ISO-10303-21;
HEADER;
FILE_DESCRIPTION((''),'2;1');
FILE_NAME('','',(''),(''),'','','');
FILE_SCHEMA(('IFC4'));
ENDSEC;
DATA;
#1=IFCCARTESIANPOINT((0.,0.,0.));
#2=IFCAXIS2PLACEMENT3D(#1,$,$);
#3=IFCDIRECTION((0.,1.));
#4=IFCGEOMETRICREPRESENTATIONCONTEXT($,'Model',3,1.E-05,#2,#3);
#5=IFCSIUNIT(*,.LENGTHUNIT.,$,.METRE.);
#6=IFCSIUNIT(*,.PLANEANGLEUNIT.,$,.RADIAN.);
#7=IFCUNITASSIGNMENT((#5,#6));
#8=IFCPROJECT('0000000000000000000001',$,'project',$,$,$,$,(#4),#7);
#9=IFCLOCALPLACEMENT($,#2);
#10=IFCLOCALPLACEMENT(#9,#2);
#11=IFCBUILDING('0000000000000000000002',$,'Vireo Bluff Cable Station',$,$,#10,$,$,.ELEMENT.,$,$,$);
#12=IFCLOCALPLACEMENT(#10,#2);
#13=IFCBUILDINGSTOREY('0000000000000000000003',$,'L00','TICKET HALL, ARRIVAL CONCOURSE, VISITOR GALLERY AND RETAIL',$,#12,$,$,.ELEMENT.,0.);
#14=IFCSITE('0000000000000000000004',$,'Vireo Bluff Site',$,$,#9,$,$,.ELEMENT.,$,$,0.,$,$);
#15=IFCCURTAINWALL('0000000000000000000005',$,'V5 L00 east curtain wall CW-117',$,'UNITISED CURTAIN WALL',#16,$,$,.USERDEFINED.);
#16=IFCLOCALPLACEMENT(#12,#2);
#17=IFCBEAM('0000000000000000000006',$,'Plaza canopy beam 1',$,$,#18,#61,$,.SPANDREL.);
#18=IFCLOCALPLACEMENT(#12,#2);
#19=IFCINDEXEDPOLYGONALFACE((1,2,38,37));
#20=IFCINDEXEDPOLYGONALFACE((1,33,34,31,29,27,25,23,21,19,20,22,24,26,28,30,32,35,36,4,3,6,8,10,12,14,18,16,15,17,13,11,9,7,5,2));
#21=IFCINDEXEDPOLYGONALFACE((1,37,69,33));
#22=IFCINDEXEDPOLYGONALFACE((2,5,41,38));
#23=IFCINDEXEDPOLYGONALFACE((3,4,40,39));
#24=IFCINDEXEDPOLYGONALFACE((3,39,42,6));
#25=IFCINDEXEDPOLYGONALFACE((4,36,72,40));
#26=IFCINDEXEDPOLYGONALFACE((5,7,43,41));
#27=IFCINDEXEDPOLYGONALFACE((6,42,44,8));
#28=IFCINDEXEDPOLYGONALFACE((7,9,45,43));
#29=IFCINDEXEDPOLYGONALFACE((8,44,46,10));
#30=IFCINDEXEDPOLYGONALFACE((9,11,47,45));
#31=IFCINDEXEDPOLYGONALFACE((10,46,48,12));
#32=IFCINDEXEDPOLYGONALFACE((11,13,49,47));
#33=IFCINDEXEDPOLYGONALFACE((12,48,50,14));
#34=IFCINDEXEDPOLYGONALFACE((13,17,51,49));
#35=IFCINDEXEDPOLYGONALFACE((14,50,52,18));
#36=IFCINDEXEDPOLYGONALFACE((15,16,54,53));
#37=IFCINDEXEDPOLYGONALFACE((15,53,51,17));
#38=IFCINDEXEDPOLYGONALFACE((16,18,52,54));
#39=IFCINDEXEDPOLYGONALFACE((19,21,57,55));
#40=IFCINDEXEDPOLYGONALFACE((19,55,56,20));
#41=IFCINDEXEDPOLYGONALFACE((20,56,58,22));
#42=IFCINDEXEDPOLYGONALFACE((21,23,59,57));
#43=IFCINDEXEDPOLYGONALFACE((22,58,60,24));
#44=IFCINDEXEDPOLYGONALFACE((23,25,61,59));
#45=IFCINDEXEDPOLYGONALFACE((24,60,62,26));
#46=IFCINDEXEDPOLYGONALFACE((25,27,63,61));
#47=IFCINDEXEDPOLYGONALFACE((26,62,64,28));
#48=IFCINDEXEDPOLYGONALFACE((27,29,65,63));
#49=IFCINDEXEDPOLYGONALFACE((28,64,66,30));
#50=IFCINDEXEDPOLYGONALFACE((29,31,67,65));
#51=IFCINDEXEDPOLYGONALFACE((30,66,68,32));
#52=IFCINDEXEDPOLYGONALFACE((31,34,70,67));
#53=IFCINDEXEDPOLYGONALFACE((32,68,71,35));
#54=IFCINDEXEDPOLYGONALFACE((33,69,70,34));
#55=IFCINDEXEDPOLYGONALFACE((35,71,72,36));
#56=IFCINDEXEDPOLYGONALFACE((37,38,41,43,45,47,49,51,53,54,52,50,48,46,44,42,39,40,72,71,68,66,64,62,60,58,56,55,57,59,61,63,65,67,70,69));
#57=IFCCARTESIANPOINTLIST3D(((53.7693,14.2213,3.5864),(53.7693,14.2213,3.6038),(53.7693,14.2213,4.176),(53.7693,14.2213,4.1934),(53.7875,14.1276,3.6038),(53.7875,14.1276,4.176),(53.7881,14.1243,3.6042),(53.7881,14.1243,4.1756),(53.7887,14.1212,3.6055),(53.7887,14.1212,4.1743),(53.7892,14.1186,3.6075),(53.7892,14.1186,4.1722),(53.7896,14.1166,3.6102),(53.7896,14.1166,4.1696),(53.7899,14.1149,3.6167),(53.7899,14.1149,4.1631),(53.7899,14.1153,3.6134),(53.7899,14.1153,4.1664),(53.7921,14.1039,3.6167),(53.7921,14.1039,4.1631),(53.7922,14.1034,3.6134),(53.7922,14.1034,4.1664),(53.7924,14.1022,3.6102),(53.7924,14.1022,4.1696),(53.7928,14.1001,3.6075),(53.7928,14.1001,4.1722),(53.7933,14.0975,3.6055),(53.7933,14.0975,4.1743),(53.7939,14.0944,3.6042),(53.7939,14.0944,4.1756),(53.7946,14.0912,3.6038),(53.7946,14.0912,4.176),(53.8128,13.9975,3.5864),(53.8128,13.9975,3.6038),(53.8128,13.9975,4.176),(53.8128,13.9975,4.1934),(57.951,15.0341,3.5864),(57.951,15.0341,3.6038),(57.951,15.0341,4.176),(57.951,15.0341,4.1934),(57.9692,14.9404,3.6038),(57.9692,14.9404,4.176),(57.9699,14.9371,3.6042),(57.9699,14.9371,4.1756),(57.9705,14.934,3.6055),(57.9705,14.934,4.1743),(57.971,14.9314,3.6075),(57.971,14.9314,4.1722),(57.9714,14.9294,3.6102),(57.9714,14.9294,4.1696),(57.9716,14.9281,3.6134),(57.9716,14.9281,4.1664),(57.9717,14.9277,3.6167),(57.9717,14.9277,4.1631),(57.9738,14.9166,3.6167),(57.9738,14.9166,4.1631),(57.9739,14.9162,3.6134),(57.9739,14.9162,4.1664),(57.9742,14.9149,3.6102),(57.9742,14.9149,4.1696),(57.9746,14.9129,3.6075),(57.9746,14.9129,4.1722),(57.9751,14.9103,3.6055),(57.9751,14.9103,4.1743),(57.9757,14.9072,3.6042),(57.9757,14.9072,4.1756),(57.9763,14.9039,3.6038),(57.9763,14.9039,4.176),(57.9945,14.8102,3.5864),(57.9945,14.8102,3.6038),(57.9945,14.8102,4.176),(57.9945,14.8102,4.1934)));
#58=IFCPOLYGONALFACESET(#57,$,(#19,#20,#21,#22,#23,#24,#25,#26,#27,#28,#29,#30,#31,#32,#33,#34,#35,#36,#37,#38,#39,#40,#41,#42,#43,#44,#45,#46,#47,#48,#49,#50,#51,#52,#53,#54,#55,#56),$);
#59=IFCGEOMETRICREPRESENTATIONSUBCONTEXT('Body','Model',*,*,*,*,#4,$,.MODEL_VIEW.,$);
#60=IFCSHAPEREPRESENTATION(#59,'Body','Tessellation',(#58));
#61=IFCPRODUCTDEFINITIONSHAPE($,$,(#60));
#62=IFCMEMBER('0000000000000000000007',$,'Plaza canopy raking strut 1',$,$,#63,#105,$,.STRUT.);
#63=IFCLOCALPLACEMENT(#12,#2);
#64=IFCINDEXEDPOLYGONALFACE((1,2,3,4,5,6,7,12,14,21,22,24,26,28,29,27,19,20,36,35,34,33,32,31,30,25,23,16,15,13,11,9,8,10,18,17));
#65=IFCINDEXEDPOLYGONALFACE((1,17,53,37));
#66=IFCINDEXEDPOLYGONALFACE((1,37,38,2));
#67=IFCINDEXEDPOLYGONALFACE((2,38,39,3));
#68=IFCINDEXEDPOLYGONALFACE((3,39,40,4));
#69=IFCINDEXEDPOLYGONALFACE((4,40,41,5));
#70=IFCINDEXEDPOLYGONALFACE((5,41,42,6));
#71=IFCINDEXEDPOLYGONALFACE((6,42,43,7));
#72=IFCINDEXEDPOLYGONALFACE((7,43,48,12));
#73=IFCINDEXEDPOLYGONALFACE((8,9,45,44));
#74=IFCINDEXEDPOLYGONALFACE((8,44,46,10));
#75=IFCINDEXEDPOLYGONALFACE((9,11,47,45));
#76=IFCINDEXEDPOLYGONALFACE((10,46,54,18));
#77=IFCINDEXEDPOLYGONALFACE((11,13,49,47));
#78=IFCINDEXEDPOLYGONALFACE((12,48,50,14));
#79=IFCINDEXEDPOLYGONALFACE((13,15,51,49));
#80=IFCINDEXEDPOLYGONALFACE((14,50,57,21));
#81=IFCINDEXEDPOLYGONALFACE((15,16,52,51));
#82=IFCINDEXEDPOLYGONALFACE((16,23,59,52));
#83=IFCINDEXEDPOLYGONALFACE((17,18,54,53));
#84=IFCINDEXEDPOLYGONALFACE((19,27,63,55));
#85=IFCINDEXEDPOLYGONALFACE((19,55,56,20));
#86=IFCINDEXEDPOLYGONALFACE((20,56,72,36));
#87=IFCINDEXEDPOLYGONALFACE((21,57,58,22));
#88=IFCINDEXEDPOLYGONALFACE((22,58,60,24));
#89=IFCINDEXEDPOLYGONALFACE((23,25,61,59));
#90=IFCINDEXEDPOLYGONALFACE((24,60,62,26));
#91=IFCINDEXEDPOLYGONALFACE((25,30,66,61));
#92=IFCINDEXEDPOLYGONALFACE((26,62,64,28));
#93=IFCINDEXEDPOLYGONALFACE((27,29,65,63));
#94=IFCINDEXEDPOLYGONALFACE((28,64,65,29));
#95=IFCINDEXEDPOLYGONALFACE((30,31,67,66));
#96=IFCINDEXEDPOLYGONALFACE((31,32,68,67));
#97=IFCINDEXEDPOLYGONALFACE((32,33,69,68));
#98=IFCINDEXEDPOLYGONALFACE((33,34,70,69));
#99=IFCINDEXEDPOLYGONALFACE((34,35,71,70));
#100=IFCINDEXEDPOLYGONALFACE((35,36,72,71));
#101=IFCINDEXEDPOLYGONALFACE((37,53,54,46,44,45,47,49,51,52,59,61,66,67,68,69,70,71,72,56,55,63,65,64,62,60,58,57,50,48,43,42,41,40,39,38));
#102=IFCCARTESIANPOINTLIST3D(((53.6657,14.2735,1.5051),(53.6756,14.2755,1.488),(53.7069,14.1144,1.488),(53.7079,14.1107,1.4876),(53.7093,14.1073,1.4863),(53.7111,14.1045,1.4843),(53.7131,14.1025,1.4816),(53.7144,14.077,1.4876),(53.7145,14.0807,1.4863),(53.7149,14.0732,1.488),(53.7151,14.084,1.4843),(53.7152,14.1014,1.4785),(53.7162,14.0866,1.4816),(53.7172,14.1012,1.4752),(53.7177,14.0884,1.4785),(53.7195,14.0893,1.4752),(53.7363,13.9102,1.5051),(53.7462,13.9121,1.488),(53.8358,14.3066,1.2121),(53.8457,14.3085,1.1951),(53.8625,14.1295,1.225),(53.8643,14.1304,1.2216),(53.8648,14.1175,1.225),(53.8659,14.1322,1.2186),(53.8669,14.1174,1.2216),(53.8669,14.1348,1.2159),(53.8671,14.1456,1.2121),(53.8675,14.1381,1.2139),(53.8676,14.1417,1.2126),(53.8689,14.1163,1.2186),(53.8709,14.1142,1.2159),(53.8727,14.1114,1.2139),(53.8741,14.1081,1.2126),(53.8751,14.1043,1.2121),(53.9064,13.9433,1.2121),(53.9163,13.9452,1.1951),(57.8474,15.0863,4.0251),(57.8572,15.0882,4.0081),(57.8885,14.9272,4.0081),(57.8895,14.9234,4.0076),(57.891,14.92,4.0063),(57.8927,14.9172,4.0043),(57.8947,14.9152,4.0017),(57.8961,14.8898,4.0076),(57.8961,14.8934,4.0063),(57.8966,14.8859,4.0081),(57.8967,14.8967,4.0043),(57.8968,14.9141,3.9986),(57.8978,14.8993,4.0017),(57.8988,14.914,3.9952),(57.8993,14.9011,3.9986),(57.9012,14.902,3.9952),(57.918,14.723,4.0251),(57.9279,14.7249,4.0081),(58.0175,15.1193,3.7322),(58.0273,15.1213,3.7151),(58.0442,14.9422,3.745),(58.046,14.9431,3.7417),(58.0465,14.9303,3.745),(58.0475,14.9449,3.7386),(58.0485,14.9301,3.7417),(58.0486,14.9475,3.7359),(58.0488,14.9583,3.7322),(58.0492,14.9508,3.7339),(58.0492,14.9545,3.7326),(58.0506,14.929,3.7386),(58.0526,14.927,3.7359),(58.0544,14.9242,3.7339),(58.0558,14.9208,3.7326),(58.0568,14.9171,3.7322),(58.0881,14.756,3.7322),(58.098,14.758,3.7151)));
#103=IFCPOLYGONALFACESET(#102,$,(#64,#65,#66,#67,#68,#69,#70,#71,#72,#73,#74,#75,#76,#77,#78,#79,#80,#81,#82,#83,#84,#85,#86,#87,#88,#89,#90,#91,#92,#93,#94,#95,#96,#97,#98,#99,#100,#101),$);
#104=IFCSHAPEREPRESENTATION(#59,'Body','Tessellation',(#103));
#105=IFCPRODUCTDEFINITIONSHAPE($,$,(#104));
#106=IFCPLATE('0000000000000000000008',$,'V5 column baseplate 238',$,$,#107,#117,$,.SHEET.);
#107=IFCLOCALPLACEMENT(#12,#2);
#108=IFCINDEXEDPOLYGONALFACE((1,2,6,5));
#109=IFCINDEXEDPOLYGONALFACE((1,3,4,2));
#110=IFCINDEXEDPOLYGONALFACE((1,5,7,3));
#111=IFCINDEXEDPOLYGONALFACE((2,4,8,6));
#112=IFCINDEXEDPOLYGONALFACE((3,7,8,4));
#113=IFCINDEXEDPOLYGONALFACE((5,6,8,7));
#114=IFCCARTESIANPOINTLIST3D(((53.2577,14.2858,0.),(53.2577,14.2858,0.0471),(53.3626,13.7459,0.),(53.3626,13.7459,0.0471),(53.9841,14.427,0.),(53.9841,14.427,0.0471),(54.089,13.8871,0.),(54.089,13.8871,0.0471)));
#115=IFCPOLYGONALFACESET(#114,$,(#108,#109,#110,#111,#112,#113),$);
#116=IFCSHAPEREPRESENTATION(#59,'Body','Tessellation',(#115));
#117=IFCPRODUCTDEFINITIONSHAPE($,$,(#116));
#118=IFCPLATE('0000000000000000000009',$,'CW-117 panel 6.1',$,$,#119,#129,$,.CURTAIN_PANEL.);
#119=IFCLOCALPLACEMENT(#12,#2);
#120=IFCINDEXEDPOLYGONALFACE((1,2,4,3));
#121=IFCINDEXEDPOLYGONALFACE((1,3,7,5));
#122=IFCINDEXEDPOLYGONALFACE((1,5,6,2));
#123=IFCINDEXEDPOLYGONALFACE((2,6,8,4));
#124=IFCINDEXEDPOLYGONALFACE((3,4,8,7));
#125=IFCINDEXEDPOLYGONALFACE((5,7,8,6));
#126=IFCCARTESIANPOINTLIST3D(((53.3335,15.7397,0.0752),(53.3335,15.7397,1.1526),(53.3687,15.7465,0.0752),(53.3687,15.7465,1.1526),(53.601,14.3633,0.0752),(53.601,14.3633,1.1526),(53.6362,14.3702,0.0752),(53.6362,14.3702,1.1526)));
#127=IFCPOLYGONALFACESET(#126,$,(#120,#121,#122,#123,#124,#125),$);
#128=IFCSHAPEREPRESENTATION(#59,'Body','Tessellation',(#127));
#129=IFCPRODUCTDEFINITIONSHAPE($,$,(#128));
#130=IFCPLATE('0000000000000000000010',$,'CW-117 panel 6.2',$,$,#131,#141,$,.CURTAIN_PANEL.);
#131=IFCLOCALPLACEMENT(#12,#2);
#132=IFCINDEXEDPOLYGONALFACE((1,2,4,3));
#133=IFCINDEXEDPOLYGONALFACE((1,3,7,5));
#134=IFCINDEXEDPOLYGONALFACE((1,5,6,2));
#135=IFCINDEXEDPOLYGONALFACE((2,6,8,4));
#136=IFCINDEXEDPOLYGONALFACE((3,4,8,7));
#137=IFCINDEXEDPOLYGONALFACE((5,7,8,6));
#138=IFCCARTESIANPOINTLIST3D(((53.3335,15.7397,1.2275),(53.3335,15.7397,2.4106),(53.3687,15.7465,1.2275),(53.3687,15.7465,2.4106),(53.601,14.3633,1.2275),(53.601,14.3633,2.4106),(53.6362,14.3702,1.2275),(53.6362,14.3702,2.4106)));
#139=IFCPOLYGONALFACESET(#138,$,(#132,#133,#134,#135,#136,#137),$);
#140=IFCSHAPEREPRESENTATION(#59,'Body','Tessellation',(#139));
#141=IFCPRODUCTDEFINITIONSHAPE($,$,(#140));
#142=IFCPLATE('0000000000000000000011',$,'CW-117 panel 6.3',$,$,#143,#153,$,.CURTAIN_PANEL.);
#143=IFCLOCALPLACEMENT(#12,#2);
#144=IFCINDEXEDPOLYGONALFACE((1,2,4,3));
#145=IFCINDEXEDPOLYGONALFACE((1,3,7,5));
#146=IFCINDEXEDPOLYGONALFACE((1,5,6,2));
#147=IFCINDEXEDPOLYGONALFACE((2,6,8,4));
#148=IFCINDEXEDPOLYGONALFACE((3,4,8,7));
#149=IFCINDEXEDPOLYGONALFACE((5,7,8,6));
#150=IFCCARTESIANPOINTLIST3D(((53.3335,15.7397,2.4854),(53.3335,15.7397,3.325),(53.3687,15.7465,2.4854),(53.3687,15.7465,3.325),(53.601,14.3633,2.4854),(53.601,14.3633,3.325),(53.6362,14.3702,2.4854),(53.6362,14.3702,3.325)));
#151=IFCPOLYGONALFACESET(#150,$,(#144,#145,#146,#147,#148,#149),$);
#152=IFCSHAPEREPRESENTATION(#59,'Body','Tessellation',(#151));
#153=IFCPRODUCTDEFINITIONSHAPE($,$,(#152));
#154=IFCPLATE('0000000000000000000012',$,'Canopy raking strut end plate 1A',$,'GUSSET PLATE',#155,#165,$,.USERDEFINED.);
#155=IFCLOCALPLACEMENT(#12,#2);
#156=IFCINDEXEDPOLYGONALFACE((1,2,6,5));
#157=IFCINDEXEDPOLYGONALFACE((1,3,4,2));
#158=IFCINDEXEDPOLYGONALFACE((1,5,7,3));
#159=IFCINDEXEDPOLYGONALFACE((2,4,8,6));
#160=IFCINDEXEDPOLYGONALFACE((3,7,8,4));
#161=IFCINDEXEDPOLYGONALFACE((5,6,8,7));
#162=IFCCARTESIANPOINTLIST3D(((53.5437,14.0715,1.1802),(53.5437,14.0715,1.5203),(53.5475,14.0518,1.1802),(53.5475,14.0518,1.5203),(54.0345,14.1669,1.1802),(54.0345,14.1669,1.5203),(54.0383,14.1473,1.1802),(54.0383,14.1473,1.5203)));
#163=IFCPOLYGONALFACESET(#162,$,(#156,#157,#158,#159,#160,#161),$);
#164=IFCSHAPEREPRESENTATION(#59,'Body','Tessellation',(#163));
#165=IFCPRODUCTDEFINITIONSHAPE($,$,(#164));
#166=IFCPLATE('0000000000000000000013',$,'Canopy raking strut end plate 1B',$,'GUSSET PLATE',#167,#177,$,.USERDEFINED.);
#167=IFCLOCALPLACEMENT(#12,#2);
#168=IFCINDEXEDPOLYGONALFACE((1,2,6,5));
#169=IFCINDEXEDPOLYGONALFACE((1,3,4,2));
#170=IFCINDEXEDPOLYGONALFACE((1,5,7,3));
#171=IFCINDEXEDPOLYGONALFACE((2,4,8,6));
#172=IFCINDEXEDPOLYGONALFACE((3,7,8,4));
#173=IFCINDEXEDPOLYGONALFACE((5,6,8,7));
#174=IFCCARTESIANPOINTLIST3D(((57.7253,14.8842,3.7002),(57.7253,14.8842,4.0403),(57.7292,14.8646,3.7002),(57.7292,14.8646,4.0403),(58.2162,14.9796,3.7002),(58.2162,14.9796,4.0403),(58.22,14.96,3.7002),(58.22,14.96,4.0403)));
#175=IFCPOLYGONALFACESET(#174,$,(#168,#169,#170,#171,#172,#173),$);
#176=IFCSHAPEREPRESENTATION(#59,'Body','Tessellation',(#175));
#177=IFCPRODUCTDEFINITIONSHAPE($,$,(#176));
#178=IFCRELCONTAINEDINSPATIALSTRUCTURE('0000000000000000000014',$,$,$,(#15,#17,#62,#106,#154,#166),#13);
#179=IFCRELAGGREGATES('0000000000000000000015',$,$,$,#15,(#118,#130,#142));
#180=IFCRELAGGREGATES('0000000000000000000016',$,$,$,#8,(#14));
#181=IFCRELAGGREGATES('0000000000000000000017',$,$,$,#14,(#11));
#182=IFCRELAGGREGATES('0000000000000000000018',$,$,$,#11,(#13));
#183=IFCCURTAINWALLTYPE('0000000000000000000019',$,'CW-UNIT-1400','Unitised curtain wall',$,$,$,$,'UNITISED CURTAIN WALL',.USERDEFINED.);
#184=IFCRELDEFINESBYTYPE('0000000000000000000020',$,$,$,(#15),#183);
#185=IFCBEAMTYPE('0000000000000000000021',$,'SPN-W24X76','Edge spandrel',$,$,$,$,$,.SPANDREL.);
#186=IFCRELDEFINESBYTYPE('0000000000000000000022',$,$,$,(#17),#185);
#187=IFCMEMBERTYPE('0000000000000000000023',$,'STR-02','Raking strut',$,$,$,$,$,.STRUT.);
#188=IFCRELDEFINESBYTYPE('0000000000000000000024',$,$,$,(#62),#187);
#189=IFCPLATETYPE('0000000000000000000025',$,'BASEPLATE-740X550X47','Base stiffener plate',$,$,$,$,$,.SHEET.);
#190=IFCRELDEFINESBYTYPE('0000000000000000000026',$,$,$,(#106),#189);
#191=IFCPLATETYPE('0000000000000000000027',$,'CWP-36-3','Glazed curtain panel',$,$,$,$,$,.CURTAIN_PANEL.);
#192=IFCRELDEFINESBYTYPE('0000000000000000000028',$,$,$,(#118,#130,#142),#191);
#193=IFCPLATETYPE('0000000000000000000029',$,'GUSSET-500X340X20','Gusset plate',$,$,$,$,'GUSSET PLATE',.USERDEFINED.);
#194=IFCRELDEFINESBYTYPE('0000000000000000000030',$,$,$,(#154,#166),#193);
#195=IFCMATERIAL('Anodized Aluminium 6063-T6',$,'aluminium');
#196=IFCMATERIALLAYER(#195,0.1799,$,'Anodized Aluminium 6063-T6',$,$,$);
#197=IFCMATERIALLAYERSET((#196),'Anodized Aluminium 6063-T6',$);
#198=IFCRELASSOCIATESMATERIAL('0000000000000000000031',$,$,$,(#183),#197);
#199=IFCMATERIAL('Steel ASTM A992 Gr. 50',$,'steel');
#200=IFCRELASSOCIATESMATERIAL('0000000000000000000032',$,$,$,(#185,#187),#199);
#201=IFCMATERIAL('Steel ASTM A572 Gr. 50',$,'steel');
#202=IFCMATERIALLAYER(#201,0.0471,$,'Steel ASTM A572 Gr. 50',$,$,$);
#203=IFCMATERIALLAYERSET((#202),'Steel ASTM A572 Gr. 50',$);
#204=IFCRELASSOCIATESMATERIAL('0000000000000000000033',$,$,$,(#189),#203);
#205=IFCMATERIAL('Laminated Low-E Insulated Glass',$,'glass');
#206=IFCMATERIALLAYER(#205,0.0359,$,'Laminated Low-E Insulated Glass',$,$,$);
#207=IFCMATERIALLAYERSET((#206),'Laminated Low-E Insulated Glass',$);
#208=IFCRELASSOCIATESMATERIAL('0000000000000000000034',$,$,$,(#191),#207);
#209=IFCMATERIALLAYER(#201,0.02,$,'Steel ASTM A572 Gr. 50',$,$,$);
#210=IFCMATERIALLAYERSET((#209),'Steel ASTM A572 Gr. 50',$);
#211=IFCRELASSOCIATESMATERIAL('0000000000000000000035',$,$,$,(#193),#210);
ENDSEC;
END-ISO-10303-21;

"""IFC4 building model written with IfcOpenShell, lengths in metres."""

from ifc_helpers import new_model, si_unit, direction, frame, origin, origin_2d, place, context, subcontext, project, spatial, rectangle, i_section, extrude, material, layer, layer_set, material_profile, profile_set, type_object, element, aggregate, save


model = new_model("IFC4")

# Units and contexts
model_context = context("Model", 3, precision=1e-05, world=origin(), true_north=direction((0.0, 1.0)))
body_context = subcontext(model_context, "Body", "Model", "MODEL_VIEW")
ifc_project = project(units=[si_unit("LENGTHUNIT", "METRE"), si_unit("PLANEANGLEUNIT", "RADIAN")], contexts=[model_context])

# Site, building, storey
site_placement = place(None, origin())
site = spatial("IfcSite", under=ifc_project, at=site_placement, Name="Vireo Bluff Site", CompositionType="ELEMENT", RefElevation=0.0)
building_placement = place(site_placement, origin())
building = spatial("IfcBuilding", under=site, at=building_placement, Name="Vireo Bluff Cable Station", CompositionType="ELEMENT")
storey_placement = place(building_placement, origin())
storey = spatial("IfcBuildingStorey", under=building, at=storey_placement, Name="L00", Description="TICKET HALL, ARRIVAL CONCOURSE, VISITOR GALLERY AND RETAIL", CompositionType="ELEMENT", Elevation=0.0)

# Shared definitions
ifc_material_1 = material(Name="Steel ASTM A992 Gr. 50", Category="steel")

# Curtain wall
ifc_material_2 = material(Name="Anodized Aluminium 6063-T6", Category="aluminium")
ifc_layer_1 = layer(ifc_material_2, 0.1799, Name="Anodized Aluminium 6063-T6")
ifc_layer_set_1 = layer_set([ifc_layer_1], Name="Anodized Aluminium 6063-T6")
curtain_wall_type = type_object("IfcCurtainWallType", Name="CW-UNIT-1400", Description="Unitised curtain wall", ElementType="UNITISED CURTAIN WALL", PredefinedType="USERDEFINED", material=ifc_layer_set_1)
curtain_wall_placement = place(storey_placement, origin())
curtain_wall = element("IfcCurtainWall", 1, at=curtain_wall_placement, inside=storey, type_object=curtain_wall_type, Name="V5 L00 east curtain wall CW-117", ObjectType="UNITISED CURTAIN WALL", PredefinedType="USERDEFINED")

# Beam
ifc_material_profile_1 = material_profile(ifc_material_1, i_section(OverallWidth=0.228, OverallDepth=0.6069, WebThickness=0.0112, FlangeThickness=0.0173, FilletRadius=0.0129, at=origin_2d()), Name="W24X76")
ifc_profile_set_1 = profile_set([ifc_material_profile_1], Name="Steel ASTM A992 Gr. 50")
beam_type_1 = type_object("IfcBeamType", Name="SPN-W24X76", Description="Edge spandrel", PredefinedType="SPANDREL", material=ifc_profile_set_1)
beam_1_placement = place(storey_placement, frame((53.791, 14.1094, 3.8899), z_axis=(0.981631, 0.19079, 0.0), x_axis=(-0.19079, 0.981631, 0.0)))
element("IfcBeam", 2, at=beam_1_placement, inside=storey, type_object=beam_type_1, Name="Plaza canopy beam 1", PredefinedType="SPANDREL", context=body_context, shape_type="SweptSolid", body=[
    extrude(i_section(OverallWidth=0.228, OverallDepth=0.6069, WebThickness=0.0112, FlangeThickness=0.0173, FilletRadius=0.0129, at=origin_2d()), origin(), (0.0, 0.0, 1.0), 4.26),
])

# Member
ifc_material_profile_2 = material_profile(ifc_material_1, i_section(OverallWidth=0.3701, OverallDepth=0.3601, WebThickness=0.0122, FlangeThickness=0.0198, FilletRadius=0.0149, at=origin_2d()), Name="W14X99")
ifc_profile_set_2 = profile_set([ifc_material_profile_2], Name="Steel ASTM A992 Gr. 50")
member_type_1 = type_object("IfcMemberType", Name="STR-02", Description="Raking strut", PredefinedType="STRUT", material=ifc_profile_set_2)
member_1_placement = place(storey_placement, frame((53.791, 14.1094, 1.3501), z_axis=(0.844868, 0.164209, 0.50915), x_axis=(-0.19079, 0.981631, 0.0)))
element("IfcMember", 3, at=member_1_placement, inside=storey, type_object=member_type_1, Name="Plaza canopy raking strut 1", PredefinedType="STRUT", context=body_context, shape_type="SweptSolid", body=[
    extrude(i_section(OverallWidth=0.3701, OverallDepth=0.3601, WebThickness=0.0122, FlangeThickness=0.0198, FilletRadius=0.0149, at=origin_2d()), origin(), (0.0, 0.0, 1.0), 4.9495),
])

# Plates
ifc_material_3 = material(Name="Steel ASTM A572 Gr. 50", Category="steel")
ifc_layer_2 = layer(ifc_material_3, 0.0471, Name="Steel ASTM A572 Gr. 50")
ifc_layer_set_2 = layer_set([ifc_layer_2], Name="Steel ASTM A572 Gr. 50")
plate_type_1 = type_object("IfcPlateType", Name="BASEPLATE-740X550X47", Description="Base stiffener plate", PredefinedType="SHEET", material=ifc_layer_set_2)
plate_1_placement = place(storey_placement, frame((53.6733, 14.0864, 0.0), z_axis=(0.0, 0.0, 1.0), x_axis=(0.981627, 0.190809, 0.0)))
element("IfcPlate", 4, at=plate_1_placement, inside=storey, type_object=plate_type_1, Name="V5 column baseplate 238", PredefinedType="SHEET", context=body_context, shape_type="SweptSolid", body=[
    extrude(rectangle(XDim=0.74, YDim=0.55, at=origin_2d()), origin(), (0.0, 0.0, 1.0), 0.0471),
])
ifc_material_4 = material(Name="Laminated Low-E Insulated Glass", Category="glass")
ifc_layer_3 = layer(ifc_material_4, 0.0359, Name="Laminated Low-E Insulated Glass")
ifc_layer_set_3 = layer_set([ifc_layer_3], Name="Laminated Low-E Insulated Glass")
plate_type_2 = type_object("IfcPlateType", Name="CWP-36-3", Description="Glazed curtain panel", PredefinedType="CURTAIN_PANEL", material=ifc_layer_set_3)
plate_2_placement = place(storey_placement, frame((53.4849, 15.0549, 0.0752), z_axis=(0.0, 0.0, 1.0), x_axis=(0.190809, -0.981627, 0.0)))
plate_2 = element("IfcPlate", 5, at=plate_2_placement, type_object=plate_type_2, Name="CW-117 panel 6.1", PredefinedType="CURTAIN_PANEL", context=body_context, shape_type="SweptSolid", body=[
    extrude(rectangle(XDim=1.4021, YDim=0.0359, at=origin_2d()), origin(), (0.0, 0.0, 1.0), 1.0774),
])
plate_3_placement = place(storey_placement, frame((53.4849, 15.0549, 1.2275), z_axis=(0.0, 0.0, 1.0), x_axis=(0.190809, -0.981627, 0.0)))
plate_3 = element("IfcPlate", 6, at=plate_3_placement, type_object=plate_type_2, Name="CW-117 panel 6.2", PredefinedType="CURTAIN_PANEL", context=body_context, shape_type="SweptSolid", body=[
    extrude(rectangle(XDim=1.4021, YDim=0.0359, at=origin_2d()), origin(), (0.0, 0.0, 1.0), 1.1831),
])
plate_4_placement = place(storey_placement, frame((53.4849, 15.0549, 2.4854), z_axis=(0.0, 0.0, 1.0), x_axis=(0.190809, -0.981627, 0.0)))
plate_4 = element("IfcPlate", 7, at=plate_4_placement, type_object=plate_type_2, Name="CW-117 panel 6.3", PredefinedType="CURTAIN_PANEL", context=body_context, shape_type="SweptSolid", body=[
    extrude(rectangle(XDim=1.4021, YDim=0.0359, at=origin_2d()), origin(), (0.0, 0.0, 1.0), 0.8396),
])
aggregate(curtain_wall, [plate_2, plate_3, plate_4])

# Plates
ifc_layer_4 = layer(ifc_material_3, 0.02, Name="Steel ASTM A572 Gr. 50")
ifc_layer_set_4 = layer_set([ifc_layer_4], Name="Steel ASTM A572 Gr. 50")
plate_type_3 = type_object("IfcPlateType", Name="GUSSET-500X340X20", Description="Gusset plate", ElementType="GUSSET PLATE", PredefinedType="USERDEFINED", material=ifc_layer_set_4)
for number, where, z_axis, x_axis, name in (
    (8, (53.791, 14.1094, 1.1802), (0.0, 0.0, 1.0), (0.981627, 0.190809, 0.0), "Canopy raking strut end plate 1A"),
    (9, (57.9727, 14.9221, 3.7002), (0.0, 0.0, 1.0), (0.981627, 0.190809, 0.0), "Canopy raking strut end plate 1B"),
):
    element("IfcPlate", number, at=place(storey_placement, frame(where, z_axis=z_axis, x_axis=x_axis)), inside=storey, type_object=plate_type_3, Name=name, ObjectType="GUSSET PLATE", PredefinedType="USERDEFINED", context=body_context, shape_type="SweptSolid", body=[
        extrude(rectangle(XDim=0.5, YDim=0.02, at=origin_2d()), origin(), (0.0, 0.0, 1.0), 0.3401),
    ])

save(model, "model.ifc")
